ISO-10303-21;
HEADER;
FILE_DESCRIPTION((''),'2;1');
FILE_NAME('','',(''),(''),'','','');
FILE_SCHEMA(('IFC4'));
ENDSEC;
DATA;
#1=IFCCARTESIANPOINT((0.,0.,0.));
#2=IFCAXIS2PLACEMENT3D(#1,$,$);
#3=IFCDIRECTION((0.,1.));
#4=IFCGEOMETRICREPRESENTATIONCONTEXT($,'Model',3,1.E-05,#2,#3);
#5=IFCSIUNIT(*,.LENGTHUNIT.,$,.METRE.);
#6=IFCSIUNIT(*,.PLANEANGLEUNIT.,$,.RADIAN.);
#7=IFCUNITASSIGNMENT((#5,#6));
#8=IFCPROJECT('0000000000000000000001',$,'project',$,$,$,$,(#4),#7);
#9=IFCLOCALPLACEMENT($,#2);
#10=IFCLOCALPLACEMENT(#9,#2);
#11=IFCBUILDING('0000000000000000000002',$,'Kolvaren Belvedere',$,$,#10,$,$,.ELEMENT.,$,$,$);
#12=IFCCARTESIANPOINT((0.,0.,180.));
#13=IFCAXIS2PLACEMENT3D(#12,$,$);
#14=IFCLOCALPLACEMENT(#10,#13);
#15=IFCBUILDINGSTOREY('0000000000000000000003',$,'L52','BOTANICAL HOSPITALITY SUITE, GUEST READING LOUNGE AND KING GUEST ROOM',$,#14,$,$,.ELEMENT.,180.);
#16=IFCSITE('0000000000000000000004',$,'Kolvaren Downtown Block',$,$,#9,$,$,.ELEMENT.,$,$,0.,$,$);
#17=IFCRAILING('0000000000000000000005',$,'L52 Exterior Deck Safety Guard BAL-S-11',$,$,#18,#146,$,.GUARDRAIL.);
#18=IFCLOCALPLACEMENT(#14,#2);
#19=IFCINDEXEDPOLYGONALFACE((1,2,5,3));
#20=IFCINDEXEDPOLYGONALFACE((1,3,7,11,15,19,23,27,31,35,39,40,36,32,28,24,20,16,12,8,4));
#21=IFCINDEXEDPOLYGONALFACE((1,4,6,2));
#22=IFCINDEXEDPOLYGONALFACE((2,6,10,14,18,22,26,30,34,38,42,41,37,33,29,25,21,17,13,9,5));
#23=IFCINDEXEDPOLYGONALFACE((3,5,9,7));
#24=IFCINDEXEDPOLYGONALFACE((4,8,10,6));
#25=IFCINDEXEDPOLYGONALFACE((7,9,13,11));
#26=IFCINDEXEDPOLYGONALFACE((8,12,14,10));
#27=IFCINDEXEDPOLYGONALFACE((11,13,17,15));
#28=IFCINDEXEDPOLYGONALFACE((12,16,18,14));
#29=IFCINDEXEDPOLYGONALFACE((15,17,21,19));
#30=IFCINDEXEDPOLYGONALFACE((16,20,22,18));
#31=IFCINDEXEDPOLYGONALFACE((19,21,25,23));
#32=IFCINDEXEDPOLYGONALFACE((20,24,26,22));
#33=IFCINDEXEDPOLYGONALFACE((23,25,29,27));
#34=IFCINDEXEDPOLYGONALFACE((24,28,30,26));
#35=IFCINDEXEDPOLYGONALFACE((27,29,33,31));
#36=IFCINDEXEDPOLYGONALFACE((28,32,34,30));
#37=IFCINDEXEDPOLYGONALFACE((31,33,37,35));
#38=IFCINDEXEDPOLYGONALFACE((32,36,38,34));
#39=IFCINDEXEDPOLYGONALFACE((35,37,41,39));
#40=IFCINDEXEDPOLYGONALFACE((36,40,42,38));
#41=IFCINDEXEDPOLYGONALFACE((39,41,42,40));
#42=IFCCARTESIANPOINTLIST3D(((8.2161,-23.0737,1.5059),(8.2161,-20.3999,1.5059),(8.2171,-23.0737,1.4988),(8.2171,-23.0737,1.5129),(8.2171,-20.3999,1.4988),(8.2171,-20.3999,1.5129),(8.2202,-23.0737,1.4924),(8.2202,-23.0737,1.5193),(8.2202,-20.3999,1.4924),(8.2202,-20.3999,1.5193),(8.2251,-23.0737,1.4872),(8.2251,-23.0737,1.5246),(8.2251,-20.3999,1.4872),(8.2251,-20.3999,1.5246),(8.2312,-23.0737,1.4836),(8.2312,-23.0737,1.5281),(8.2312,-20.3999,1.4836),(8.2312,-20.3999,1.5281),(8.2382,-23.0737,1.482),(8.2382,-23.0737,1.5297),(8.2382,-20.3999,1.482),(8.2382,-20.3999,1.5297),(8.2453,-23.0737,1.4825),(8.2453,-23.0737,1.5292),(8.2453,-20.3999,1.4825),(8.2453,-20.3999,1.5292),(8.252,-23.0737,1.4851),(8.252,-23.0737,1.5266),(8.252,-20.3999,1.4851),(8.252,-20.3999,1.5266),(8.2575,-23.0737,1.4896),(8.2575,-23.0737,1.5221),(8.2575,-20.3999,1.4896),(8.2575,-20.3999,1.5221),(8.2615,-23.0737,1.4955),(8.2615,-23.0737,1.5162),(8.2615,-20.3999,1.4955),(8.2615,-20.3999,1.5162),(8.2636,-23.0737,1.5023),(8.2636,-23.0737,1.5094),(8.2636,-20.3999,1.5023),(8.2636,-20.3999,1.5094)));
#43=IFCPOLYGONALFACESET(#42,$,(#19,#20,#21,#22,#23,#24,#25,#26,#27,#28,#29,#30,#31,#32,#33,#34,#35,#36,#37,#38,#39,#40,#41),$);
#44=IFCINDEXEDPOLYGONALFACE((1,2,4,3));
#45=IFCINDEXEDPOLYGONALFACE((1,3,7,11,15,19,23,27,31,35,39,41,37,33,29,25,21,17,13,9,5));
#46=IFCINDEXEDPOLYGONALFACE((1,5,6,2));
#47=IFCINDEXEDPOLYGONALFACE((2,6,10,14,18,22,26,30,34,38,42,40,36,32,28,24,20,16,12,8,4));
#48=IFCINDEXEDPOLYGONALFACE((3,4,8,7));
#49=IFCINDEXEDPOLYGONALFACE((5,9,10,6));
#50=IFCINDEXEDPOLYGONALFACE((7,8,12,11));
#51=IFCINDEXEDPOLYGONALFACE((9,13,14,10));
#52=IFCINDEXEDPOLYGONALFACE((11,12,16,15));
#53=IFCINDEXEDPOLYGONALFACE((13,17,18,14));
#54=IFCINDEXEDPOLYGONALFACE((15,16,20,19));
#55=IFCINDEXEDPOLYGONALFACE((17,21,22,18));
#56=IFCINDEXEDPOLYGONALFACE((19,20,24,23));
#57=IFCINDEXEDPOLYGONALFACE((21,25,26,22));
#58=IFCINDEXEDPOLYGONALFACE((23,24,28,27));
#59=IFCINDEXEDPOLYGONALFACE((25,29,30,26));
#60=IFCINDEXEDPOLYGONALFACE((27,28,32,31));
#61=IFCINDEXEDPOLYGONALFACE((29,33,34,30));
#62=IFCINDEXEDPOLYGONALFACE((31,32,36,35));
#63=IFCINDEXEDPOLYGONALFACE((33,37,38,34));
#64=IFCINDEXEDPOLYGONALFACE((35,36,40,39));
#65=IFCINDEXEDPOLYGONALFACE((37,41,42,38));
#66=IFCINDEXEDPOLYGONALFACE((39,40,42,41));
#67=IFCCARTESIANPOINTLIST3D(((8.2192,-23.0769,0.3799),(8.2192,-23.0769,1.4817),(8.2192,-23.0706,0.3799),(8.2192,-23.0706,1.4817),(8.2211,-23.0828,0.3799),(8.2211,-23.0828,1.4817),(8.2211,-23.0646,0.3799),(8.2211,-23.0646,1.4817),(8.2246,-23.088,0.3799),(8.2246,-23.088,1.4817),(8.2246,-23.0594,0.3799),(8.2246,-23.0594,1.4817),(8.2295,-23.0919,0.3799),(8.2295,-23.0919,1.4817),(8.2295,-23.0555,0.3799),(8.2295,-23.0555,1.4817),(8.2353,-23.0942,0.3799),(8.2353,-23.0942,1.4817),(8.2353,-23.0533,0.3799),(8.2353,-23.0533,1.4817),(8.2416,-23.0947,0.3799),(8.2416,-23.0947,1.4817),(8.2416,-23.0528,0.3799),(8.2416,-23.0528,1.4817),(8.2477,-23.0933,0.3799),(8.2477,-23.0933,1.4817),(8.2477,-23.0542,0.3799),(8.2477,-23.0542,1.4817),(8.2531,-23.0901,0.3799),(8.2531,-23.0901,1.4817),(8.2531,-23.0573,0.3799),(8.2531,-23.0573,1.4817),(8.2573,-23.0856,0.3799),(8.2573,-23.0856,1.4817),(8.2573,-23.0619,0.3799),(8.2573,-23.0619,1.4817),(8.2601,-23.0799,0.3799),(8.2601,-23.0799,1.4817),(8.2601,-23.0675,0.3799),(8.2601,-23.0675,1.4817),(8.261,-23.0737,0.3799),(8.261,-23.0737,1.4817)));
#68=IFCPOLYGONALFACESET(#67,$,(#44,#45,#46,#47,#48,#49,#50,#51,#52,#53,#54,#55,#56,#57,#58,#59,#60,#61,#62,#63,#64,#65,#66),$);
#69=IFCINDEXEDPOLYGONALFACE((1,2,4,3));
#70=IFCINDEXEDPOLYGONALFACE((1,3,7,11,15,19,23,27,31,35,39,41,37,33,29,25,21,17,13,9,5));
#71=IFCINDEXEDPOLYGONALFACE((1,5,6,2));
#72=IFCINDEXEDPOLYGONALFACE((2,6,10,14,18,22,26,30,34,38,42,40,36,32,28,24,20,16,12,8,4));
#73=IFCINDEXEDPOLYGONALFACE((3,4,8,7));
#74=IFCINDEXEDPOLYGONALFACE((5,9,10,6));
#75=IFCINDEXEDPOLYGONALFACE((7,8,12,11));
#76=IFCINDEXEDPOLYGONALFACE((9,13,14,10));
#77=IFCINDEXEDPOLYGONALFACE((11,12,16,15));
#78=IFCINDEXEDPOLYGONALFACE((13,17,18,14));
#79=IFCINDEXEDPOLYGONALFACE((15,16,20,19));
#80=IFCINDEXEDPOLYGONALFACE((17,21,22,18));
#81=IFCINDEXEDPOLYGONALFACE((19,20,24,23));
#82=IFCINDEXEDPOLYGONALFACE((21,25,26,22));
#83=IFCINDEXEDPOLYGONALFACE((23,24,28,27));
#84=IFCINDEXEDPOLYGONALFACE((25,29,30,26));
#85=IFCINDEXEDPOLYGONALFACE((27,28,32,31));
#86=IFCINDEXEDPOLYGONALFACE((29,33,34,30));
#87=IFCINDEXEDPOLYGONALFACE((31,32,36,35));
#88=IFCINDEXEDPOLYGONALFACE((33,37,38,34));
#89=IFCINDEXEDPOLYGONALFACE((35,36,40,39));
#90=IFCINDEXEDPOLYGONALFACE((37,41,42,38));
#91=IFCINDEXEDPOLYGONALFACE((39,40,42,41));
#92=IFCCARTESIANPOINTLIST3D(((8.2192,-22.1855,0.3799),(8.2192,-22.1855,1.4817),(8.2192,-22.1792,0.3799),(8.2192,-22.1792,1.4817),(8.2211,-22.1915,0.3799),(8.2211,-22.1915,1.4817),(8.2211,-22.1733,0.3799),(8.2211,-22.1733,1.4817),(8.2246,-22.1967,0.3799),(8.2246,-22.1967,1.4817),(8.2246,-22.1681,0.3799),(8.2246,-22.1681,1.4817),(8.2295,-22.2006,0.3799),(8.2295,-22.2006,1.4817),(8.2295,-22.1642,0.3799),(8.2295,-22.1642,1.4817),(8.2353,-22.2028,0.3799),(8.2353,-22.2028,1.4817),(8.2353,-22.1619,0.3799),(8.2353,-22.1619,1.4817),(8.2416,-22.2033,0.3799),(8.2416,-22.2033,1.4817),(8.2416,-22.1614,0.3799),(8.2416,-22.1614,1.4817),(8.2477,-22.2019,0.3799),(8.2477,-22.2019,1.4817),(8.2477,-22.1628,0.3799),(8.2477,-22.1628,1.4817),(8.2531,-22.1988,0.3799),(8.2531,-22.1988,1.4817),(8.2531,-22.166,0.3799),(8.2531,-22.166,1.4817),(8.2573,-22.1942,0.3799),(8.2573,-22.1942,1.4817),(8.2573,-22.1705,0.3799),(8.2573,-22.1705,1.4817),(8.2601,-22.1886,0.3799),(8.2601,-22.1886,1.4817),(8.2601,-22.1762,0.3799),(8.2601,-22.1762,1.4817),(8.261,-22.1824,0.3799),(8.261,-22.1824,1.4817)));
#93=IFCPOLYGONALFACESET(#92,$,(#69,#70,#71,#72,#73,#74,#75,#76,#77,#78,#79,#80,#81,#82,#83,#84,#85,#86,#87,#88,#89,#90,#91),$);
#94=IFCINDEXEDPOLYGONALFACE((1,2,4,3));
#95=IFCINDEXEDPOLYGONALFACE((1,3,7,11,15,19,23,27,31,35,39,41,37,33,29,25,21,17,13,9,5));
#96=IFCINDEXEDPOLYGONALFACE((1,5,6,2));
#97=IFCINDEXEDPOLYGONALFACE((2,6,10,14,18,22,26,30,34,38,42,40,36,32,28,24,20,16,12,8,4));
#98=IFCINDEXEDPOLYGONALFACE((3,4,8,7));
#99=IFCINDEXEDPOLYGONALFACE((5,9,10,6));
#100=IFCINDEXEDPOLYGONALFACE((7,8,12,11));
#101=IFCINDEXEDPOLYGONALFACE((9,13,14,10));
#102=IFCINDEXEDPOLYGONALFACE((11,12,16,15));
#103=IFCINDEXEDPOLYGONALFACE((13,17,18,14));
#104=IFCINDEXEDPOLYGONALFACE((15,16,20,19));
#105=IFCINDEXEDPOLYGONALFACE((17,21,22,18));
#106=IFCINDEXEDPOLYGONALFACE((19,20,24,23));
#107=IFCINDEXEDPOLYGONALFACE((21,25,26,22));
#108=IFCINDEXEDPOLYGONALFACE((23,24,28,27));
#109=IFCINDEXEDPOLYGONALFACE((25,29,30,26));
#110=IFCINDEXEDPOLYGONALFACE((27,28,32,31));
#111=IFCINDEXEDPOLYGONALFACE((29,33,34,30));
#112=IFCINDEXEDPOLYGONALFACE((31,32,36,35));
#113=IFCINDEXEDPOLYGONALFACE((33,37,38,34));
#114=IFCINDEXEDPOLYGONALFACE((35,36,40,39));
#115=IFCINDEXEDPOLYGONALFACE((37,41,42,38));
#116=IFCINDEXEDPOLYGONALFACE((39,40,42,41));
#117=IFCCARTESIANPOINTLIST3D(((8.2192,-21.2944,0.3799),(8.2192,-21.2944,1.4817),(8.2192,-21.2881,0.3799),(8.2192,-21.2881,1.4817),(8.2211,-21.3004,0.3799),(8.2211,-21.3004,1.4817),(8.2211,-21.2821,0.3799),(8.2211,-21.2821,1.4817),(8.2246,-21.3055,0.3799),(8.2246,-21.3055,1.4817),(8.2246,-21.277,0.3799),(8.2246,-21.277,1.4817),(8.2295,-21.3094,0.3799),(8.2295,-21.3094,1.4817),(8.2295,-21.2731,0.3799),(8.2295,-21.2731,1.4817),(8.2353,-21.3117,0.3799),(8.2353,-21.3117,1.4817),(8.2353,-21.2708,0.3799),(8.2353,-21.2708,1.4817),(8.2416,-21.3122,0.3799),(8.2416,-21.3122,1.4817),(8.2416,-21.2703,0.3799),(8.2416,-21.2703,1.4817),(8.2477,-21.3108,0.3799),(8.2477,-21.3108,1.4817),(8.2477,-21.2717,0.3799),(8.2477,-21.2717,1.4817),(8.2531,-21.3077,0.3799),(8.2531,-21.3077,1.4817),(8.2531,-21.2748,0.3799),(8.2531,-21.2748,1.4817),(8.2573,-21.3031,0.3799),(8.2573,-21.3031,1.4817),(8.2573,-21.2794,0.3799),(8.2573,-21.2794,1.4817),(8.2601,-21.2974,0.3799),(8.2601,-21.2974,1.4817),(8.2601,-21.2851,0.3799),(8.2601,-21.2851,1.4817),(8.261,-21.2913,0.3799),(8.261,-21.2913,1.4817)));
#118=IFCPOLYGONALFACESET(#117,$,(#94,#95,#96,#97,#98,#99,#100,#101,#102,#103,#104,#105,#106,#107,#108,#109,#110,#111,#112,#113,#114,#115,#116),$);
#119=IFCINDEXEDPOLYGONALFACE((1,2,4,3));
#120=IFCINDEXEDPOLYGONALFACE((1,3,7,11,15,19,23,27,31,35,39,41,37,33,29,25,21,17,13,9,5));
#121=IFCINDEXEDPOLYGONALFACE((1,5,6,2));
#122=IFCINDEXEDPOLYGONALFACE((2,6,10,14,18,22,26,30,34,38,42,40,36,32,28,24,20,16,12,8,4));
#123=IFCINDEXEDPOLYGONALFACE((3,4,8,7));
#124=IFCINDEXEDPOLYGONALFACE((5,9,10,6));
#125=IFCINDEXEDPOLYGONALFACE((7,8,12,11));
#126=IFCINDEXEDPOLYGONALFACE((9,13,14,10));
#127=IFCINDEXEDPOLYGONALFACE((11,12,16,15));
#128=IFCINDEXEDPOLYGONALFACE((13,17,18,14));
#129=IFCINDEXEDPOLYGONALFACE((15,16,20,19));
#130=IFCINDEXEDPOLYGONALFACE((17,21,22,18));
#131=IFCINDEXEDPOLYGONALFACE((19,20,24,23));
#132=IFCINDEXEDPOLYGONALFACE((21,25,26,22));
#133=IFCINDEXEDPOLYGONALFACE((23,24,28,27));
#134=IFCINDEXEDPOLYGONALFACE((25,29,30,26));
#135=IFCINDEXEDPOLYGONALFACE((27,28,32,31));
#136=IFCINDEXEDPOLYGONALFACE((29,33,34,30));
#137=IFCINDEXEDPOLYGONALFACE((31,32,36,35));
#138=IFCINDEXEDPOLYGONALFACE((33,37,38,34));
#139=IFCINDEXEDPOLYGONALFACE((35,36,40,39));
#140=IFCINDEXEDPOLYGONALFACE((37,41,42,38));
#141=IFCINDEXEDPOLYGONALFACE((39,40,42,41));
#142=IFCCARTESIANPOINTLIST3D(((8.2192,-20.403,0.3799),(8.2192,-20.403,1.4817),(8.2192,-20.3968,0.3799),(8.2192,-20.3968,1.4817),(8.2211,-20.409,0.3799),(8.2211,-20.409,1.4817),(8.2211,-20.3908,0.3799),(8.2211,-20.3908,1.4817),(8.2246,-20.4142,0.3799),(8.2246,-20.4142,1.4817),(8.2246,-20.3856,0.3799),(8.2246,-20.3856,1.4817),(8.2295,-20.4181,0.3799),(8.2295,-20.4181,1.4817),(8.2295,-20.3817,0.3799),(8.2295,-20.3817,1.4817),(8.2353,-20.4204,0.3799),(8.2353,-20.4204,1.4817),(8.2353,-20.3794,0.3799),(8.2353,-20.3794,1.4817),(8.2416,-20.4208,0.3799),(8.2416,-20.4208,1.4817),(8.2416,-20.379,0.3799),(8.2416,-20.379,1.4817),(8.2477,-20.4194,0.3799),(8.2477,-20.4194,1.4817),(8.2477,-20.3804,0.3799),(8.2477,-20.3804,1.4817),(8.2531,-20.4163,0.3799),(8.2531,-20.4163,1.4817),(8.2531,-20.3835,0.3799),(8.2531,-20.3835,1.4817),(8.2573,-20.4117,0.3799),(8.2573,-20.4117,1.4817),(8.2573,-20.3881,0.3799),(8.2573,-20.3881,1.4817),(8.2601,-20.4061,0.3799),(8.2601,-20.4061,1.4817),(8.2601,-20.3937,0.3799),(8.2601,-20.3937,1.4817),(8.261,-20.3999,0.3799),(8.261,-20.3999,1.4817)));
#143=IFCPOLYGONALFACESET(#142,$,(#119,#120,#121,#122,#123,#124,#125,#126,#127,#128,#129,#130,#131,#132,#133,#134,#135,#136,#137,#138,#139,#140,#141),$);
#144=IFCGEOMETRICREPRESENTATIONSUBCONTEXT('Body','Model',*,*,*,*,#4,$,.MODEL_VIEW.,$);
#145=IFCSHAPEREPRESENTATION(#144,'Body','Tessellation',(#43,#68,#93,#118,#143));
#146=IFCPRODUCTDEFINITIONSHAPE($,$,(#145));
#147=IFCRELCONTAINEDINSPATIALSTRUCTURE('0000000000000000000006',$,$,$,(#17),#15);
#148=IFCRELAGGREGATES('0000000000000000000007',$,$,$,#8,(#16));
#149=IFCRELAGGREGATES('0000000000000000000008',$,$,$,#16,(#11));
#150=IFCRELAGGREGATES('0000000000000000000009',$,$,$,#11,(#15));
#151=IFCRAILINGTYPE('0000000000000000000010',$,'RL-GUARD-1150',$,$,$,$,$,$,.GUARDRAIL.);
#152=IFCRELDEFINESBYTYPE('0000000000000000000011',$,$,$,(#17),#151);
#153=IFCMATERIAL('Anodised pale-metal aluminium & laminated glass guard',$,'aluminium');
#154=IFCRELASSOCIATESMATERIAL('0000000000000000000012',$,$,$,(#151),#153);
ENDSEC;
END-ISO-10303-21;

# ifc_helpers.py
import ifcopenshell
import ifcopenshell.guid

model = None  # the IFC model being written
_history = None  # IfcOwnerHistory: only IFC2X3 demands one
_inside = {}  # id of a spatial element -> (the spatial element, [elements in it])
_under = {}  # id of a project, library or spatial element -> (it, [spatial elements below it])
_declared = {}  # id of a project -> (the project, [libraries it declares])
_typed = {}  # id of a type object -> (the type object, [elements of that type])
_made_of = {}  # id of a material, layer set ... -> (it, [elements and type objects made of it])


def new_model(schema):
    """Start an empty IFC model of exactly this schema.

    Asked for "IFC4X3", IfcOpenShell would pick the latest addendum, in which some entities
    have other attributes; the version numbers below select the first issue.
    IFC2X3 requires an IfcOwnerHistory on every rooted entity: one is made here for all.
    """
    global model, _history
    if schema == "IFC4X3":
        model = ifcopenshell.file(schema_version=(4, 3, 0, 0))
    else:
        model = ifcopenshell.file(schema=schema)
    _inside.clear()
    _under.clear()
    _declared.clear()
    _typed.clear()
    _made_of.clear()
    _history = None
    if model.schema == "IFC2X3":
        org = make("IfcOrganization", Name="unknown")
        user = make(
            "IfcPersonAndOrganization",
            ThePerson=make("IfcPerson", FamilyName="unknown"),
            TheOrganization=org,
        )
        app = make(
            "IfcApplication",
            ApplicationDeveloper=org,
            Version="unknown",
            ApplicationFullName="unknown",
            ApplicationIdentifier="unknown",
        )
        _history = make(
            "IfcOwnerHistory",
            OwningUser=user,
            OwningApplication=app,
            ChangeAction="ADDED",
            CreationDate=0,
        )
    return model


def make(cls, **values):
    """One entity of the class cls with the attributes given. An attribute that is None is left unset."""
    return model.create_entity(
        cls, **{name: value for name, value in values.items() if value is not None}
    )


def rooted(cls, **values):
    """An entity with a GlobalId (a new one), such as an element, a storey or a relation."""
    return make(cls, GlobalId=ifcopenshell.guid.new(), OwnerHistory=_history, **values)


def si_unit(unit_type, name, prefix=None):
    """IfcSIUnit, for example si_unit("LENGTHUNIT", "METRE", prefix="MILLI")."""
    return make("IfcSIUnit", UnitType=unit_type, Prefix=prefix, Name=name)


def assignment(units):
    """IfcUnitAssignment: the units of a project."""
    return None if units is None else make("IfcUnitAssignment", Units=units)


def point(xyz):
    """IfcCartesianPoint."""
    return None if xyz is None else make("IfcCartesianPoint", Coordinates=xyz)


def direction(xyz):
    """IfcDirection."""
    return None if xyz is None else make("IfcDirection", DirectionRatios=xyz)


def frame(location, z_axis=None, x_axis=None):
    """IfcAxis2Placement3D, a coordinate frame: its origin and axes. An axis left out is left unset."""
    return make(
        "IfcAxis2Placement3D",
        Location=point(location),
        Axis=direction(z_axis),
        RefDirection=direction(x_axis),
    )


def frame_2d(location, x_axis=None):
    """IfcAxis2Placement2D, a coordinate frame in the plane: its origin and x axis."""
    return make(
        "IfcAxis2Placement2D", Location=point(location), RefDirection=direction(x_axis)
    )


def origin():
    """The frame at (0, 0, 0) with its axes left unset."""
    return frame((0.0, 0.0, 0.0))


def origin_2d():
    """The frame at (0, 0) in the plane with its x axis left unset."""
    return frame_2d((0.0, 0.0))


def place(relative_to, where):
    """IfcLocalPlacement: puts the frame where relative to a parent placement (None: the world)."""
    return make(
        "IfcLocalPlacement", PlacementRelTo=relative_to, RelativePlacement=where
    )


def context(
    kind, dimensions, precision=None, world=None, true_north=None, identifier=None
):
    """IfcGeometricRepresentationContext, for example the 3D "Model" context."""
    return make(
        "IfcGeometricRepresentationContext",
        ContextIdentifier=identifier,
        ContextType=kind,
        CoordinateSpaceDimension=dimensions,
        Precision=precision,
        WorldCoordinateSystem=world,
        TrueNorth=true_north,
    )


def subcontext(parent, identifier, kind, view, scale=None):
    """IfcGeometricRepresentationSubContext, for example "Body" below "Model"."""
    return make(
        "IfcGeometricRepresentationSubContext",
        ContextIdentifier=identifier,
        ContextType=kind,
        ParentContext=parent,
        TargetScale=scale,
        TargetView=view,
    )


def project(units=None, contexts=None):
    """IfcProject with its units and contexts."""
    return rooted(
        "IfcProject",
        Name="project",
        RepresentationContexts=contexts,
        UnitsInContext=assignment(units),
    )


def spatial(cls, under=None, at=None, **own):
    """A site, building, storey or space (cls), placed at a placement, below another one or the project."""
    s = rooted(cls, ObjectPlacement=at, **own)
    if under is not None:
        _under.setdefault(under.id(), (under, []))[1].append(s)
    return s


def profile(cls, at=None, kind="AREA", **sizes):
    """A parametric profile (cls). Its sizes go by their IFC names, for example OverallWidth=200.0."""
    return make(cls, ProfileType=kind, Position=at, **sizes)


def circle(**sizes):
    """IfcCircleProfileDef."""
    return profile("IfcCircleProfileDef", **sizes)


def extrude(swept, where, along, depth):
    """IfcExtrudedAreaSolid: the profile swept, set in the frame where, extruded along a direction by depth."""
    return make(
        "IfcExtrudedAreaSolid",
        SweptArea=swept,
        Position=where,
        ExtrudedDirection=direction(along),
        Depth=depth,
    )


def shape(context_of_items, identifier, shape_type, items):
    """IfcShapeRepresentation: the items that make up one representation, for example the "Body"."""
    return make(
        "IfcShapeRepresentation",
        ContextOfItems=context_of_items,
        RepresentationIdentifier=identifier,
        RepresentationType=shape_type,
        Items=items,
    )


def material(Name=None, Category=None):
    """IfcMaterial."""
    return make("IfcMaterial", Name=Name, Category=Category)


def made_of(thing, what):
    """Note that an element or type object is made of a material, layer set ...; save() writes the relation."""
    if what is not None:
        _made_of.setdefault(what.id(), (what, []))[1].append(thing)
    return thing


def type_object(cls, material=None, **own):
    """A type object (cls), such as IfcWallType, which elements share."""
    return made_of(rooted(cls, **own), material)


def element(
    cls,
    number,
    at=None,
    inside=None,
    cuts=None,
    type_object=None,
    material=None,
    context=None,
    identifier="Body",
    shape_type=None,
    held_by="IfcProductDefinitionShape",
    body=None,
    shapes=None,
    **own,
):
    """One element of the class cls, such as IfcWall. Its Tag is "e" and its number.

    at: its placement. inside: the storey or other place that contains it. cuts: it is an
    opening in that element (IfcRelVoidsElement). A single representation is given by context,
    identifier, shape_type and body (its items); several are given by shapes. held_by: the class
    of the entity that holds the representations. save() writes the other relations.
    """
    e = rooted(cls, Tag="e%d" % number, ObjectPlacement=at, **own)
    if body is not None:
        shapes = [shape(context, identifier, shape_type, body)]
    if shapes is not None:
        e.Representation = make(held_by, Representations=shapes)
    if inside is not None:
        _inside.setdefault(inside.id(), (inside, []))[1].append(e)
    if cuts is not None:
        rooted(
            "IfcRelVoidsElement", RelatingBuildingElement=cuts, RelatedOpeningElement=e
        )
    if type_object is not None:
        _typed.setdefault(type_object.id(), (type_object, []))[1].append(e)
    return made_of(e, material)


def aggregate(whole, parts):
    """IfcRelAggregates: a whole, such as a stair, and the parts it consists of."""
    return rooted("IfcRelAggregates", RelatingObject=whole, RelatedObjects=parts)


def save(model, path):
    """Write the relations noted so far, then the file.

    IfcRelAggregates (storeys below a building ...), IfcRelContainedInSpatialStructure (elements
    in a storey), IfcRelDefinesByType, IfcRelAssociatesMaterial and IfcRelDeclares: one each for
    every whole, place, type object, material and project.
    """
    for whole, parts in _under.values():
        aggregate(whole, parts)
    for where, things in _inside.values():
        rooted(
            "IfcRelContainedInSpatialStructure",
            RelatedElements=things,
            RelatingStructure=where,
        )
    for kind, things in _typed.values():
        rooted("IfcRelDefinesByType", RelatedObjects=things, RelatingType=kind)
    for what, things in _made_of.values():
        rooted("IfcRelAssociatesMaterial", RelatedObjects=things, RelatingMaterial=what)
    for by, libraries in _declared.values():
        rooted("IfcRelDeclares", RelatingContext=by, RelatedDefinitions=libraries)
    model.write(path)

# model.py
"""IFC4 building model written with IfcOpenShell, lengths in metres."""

from ifc_helpers import new_model, si_unit, direction, frame, origin, origin_2d, place, context, subcontext, project, spatial, circle, extrude, material, type_object, element, save


model = new_model("IFC4")

# Units and contexts
model_context = context("Model", 3, precision=1e-05, world=origin(), true_north=direction((0.0, 1.0)))
body_context = subcontext(model_context, "Body", "Model", "MODEL_VIEW")
ifc_project = project(units=[si_unit("LENGTHUNIT", "METRE"), si_unit("PLANEANGLEUNIT", "RADIAN")], contexts=[model_context])

# Site, building, storey
site_placement = place(None, origin())
site = spatial("IfcSite", under=ifc_project, at=site_placement, Name="Kolvaren Downtown Block", CompositionType="ELEMENT", RefElevation=0.0)
building_placement = place(site_placement, origin())
building = spatial("IfcBuilding", under=site, at=building_placement, Name="Kolvaren Belvedere", CompositionType="ELEMENT")
storey_placement = place(building_placement, frame((0.0, 0.0, 180.0)))
storey = spatial("IfcBuildingStorey", under=building, at=storey_placement, Name="L52", Description="BOTANICAL HOSPITALITY SUITE, GUEST READING LOUNGE AND KING GUEST ROOM", CompositionType="ELEMENT", Elevation=180.0)

# Railing
ifc_material_1 = material(Name="Anodised pale-metal aluminium & laminated glass guard", Category="aluminium")
railing_type = type_object("IfcRailingType", Name="RL-GUARD-1150", PredefinedType="GUARDRAIL", material=ifc_material_1)
railing_1_placement = place(storey_placement, frame((8.24, -23.0737, 0.3799)))
element("IfcRailing", 1, at=railing_1_placement, inside=storey, type_object=railing_type, Name="L52 Exterior Deck Safety Guard BAL-S-11", PredefinedType="GUARDRAIL", context=body_context, shape_type="SweptSolid", body=[
    extrude(circle(Radius=0.0239, at=origin_2d()), frame((0.0, 0.0, 1.126), z_axis=(0.0, 1.0, 0.0), x_axis=(-1.0, 0.0, 0.0)), (0.0, 0.0, 1.0), 2.6738),
    extrude(circle(Radius=0.021, at=origin_2d()), origin(), (0.0, 0.0, 1.0), 1.1018),
    extrude(circle(Radius=0.021, at=origin_2d()), frame((0.0, 0.8914, 0.0)), (0.0, 0.0, 1.0), 1.1018),
    extrude(circle(Radius=0.021, at=origin_2d()), frame((0.0, 1.7825, 0.0)), (0.0, 0.0, 1.0), 1.1018),
    extrude(circle(Radius=0.021, at=origin_2d()), frame((0.0, 2.6738, 0.0)), (0.0, 0.0, 1.0), 1.1018),
])

save(model, "model.ifc")
